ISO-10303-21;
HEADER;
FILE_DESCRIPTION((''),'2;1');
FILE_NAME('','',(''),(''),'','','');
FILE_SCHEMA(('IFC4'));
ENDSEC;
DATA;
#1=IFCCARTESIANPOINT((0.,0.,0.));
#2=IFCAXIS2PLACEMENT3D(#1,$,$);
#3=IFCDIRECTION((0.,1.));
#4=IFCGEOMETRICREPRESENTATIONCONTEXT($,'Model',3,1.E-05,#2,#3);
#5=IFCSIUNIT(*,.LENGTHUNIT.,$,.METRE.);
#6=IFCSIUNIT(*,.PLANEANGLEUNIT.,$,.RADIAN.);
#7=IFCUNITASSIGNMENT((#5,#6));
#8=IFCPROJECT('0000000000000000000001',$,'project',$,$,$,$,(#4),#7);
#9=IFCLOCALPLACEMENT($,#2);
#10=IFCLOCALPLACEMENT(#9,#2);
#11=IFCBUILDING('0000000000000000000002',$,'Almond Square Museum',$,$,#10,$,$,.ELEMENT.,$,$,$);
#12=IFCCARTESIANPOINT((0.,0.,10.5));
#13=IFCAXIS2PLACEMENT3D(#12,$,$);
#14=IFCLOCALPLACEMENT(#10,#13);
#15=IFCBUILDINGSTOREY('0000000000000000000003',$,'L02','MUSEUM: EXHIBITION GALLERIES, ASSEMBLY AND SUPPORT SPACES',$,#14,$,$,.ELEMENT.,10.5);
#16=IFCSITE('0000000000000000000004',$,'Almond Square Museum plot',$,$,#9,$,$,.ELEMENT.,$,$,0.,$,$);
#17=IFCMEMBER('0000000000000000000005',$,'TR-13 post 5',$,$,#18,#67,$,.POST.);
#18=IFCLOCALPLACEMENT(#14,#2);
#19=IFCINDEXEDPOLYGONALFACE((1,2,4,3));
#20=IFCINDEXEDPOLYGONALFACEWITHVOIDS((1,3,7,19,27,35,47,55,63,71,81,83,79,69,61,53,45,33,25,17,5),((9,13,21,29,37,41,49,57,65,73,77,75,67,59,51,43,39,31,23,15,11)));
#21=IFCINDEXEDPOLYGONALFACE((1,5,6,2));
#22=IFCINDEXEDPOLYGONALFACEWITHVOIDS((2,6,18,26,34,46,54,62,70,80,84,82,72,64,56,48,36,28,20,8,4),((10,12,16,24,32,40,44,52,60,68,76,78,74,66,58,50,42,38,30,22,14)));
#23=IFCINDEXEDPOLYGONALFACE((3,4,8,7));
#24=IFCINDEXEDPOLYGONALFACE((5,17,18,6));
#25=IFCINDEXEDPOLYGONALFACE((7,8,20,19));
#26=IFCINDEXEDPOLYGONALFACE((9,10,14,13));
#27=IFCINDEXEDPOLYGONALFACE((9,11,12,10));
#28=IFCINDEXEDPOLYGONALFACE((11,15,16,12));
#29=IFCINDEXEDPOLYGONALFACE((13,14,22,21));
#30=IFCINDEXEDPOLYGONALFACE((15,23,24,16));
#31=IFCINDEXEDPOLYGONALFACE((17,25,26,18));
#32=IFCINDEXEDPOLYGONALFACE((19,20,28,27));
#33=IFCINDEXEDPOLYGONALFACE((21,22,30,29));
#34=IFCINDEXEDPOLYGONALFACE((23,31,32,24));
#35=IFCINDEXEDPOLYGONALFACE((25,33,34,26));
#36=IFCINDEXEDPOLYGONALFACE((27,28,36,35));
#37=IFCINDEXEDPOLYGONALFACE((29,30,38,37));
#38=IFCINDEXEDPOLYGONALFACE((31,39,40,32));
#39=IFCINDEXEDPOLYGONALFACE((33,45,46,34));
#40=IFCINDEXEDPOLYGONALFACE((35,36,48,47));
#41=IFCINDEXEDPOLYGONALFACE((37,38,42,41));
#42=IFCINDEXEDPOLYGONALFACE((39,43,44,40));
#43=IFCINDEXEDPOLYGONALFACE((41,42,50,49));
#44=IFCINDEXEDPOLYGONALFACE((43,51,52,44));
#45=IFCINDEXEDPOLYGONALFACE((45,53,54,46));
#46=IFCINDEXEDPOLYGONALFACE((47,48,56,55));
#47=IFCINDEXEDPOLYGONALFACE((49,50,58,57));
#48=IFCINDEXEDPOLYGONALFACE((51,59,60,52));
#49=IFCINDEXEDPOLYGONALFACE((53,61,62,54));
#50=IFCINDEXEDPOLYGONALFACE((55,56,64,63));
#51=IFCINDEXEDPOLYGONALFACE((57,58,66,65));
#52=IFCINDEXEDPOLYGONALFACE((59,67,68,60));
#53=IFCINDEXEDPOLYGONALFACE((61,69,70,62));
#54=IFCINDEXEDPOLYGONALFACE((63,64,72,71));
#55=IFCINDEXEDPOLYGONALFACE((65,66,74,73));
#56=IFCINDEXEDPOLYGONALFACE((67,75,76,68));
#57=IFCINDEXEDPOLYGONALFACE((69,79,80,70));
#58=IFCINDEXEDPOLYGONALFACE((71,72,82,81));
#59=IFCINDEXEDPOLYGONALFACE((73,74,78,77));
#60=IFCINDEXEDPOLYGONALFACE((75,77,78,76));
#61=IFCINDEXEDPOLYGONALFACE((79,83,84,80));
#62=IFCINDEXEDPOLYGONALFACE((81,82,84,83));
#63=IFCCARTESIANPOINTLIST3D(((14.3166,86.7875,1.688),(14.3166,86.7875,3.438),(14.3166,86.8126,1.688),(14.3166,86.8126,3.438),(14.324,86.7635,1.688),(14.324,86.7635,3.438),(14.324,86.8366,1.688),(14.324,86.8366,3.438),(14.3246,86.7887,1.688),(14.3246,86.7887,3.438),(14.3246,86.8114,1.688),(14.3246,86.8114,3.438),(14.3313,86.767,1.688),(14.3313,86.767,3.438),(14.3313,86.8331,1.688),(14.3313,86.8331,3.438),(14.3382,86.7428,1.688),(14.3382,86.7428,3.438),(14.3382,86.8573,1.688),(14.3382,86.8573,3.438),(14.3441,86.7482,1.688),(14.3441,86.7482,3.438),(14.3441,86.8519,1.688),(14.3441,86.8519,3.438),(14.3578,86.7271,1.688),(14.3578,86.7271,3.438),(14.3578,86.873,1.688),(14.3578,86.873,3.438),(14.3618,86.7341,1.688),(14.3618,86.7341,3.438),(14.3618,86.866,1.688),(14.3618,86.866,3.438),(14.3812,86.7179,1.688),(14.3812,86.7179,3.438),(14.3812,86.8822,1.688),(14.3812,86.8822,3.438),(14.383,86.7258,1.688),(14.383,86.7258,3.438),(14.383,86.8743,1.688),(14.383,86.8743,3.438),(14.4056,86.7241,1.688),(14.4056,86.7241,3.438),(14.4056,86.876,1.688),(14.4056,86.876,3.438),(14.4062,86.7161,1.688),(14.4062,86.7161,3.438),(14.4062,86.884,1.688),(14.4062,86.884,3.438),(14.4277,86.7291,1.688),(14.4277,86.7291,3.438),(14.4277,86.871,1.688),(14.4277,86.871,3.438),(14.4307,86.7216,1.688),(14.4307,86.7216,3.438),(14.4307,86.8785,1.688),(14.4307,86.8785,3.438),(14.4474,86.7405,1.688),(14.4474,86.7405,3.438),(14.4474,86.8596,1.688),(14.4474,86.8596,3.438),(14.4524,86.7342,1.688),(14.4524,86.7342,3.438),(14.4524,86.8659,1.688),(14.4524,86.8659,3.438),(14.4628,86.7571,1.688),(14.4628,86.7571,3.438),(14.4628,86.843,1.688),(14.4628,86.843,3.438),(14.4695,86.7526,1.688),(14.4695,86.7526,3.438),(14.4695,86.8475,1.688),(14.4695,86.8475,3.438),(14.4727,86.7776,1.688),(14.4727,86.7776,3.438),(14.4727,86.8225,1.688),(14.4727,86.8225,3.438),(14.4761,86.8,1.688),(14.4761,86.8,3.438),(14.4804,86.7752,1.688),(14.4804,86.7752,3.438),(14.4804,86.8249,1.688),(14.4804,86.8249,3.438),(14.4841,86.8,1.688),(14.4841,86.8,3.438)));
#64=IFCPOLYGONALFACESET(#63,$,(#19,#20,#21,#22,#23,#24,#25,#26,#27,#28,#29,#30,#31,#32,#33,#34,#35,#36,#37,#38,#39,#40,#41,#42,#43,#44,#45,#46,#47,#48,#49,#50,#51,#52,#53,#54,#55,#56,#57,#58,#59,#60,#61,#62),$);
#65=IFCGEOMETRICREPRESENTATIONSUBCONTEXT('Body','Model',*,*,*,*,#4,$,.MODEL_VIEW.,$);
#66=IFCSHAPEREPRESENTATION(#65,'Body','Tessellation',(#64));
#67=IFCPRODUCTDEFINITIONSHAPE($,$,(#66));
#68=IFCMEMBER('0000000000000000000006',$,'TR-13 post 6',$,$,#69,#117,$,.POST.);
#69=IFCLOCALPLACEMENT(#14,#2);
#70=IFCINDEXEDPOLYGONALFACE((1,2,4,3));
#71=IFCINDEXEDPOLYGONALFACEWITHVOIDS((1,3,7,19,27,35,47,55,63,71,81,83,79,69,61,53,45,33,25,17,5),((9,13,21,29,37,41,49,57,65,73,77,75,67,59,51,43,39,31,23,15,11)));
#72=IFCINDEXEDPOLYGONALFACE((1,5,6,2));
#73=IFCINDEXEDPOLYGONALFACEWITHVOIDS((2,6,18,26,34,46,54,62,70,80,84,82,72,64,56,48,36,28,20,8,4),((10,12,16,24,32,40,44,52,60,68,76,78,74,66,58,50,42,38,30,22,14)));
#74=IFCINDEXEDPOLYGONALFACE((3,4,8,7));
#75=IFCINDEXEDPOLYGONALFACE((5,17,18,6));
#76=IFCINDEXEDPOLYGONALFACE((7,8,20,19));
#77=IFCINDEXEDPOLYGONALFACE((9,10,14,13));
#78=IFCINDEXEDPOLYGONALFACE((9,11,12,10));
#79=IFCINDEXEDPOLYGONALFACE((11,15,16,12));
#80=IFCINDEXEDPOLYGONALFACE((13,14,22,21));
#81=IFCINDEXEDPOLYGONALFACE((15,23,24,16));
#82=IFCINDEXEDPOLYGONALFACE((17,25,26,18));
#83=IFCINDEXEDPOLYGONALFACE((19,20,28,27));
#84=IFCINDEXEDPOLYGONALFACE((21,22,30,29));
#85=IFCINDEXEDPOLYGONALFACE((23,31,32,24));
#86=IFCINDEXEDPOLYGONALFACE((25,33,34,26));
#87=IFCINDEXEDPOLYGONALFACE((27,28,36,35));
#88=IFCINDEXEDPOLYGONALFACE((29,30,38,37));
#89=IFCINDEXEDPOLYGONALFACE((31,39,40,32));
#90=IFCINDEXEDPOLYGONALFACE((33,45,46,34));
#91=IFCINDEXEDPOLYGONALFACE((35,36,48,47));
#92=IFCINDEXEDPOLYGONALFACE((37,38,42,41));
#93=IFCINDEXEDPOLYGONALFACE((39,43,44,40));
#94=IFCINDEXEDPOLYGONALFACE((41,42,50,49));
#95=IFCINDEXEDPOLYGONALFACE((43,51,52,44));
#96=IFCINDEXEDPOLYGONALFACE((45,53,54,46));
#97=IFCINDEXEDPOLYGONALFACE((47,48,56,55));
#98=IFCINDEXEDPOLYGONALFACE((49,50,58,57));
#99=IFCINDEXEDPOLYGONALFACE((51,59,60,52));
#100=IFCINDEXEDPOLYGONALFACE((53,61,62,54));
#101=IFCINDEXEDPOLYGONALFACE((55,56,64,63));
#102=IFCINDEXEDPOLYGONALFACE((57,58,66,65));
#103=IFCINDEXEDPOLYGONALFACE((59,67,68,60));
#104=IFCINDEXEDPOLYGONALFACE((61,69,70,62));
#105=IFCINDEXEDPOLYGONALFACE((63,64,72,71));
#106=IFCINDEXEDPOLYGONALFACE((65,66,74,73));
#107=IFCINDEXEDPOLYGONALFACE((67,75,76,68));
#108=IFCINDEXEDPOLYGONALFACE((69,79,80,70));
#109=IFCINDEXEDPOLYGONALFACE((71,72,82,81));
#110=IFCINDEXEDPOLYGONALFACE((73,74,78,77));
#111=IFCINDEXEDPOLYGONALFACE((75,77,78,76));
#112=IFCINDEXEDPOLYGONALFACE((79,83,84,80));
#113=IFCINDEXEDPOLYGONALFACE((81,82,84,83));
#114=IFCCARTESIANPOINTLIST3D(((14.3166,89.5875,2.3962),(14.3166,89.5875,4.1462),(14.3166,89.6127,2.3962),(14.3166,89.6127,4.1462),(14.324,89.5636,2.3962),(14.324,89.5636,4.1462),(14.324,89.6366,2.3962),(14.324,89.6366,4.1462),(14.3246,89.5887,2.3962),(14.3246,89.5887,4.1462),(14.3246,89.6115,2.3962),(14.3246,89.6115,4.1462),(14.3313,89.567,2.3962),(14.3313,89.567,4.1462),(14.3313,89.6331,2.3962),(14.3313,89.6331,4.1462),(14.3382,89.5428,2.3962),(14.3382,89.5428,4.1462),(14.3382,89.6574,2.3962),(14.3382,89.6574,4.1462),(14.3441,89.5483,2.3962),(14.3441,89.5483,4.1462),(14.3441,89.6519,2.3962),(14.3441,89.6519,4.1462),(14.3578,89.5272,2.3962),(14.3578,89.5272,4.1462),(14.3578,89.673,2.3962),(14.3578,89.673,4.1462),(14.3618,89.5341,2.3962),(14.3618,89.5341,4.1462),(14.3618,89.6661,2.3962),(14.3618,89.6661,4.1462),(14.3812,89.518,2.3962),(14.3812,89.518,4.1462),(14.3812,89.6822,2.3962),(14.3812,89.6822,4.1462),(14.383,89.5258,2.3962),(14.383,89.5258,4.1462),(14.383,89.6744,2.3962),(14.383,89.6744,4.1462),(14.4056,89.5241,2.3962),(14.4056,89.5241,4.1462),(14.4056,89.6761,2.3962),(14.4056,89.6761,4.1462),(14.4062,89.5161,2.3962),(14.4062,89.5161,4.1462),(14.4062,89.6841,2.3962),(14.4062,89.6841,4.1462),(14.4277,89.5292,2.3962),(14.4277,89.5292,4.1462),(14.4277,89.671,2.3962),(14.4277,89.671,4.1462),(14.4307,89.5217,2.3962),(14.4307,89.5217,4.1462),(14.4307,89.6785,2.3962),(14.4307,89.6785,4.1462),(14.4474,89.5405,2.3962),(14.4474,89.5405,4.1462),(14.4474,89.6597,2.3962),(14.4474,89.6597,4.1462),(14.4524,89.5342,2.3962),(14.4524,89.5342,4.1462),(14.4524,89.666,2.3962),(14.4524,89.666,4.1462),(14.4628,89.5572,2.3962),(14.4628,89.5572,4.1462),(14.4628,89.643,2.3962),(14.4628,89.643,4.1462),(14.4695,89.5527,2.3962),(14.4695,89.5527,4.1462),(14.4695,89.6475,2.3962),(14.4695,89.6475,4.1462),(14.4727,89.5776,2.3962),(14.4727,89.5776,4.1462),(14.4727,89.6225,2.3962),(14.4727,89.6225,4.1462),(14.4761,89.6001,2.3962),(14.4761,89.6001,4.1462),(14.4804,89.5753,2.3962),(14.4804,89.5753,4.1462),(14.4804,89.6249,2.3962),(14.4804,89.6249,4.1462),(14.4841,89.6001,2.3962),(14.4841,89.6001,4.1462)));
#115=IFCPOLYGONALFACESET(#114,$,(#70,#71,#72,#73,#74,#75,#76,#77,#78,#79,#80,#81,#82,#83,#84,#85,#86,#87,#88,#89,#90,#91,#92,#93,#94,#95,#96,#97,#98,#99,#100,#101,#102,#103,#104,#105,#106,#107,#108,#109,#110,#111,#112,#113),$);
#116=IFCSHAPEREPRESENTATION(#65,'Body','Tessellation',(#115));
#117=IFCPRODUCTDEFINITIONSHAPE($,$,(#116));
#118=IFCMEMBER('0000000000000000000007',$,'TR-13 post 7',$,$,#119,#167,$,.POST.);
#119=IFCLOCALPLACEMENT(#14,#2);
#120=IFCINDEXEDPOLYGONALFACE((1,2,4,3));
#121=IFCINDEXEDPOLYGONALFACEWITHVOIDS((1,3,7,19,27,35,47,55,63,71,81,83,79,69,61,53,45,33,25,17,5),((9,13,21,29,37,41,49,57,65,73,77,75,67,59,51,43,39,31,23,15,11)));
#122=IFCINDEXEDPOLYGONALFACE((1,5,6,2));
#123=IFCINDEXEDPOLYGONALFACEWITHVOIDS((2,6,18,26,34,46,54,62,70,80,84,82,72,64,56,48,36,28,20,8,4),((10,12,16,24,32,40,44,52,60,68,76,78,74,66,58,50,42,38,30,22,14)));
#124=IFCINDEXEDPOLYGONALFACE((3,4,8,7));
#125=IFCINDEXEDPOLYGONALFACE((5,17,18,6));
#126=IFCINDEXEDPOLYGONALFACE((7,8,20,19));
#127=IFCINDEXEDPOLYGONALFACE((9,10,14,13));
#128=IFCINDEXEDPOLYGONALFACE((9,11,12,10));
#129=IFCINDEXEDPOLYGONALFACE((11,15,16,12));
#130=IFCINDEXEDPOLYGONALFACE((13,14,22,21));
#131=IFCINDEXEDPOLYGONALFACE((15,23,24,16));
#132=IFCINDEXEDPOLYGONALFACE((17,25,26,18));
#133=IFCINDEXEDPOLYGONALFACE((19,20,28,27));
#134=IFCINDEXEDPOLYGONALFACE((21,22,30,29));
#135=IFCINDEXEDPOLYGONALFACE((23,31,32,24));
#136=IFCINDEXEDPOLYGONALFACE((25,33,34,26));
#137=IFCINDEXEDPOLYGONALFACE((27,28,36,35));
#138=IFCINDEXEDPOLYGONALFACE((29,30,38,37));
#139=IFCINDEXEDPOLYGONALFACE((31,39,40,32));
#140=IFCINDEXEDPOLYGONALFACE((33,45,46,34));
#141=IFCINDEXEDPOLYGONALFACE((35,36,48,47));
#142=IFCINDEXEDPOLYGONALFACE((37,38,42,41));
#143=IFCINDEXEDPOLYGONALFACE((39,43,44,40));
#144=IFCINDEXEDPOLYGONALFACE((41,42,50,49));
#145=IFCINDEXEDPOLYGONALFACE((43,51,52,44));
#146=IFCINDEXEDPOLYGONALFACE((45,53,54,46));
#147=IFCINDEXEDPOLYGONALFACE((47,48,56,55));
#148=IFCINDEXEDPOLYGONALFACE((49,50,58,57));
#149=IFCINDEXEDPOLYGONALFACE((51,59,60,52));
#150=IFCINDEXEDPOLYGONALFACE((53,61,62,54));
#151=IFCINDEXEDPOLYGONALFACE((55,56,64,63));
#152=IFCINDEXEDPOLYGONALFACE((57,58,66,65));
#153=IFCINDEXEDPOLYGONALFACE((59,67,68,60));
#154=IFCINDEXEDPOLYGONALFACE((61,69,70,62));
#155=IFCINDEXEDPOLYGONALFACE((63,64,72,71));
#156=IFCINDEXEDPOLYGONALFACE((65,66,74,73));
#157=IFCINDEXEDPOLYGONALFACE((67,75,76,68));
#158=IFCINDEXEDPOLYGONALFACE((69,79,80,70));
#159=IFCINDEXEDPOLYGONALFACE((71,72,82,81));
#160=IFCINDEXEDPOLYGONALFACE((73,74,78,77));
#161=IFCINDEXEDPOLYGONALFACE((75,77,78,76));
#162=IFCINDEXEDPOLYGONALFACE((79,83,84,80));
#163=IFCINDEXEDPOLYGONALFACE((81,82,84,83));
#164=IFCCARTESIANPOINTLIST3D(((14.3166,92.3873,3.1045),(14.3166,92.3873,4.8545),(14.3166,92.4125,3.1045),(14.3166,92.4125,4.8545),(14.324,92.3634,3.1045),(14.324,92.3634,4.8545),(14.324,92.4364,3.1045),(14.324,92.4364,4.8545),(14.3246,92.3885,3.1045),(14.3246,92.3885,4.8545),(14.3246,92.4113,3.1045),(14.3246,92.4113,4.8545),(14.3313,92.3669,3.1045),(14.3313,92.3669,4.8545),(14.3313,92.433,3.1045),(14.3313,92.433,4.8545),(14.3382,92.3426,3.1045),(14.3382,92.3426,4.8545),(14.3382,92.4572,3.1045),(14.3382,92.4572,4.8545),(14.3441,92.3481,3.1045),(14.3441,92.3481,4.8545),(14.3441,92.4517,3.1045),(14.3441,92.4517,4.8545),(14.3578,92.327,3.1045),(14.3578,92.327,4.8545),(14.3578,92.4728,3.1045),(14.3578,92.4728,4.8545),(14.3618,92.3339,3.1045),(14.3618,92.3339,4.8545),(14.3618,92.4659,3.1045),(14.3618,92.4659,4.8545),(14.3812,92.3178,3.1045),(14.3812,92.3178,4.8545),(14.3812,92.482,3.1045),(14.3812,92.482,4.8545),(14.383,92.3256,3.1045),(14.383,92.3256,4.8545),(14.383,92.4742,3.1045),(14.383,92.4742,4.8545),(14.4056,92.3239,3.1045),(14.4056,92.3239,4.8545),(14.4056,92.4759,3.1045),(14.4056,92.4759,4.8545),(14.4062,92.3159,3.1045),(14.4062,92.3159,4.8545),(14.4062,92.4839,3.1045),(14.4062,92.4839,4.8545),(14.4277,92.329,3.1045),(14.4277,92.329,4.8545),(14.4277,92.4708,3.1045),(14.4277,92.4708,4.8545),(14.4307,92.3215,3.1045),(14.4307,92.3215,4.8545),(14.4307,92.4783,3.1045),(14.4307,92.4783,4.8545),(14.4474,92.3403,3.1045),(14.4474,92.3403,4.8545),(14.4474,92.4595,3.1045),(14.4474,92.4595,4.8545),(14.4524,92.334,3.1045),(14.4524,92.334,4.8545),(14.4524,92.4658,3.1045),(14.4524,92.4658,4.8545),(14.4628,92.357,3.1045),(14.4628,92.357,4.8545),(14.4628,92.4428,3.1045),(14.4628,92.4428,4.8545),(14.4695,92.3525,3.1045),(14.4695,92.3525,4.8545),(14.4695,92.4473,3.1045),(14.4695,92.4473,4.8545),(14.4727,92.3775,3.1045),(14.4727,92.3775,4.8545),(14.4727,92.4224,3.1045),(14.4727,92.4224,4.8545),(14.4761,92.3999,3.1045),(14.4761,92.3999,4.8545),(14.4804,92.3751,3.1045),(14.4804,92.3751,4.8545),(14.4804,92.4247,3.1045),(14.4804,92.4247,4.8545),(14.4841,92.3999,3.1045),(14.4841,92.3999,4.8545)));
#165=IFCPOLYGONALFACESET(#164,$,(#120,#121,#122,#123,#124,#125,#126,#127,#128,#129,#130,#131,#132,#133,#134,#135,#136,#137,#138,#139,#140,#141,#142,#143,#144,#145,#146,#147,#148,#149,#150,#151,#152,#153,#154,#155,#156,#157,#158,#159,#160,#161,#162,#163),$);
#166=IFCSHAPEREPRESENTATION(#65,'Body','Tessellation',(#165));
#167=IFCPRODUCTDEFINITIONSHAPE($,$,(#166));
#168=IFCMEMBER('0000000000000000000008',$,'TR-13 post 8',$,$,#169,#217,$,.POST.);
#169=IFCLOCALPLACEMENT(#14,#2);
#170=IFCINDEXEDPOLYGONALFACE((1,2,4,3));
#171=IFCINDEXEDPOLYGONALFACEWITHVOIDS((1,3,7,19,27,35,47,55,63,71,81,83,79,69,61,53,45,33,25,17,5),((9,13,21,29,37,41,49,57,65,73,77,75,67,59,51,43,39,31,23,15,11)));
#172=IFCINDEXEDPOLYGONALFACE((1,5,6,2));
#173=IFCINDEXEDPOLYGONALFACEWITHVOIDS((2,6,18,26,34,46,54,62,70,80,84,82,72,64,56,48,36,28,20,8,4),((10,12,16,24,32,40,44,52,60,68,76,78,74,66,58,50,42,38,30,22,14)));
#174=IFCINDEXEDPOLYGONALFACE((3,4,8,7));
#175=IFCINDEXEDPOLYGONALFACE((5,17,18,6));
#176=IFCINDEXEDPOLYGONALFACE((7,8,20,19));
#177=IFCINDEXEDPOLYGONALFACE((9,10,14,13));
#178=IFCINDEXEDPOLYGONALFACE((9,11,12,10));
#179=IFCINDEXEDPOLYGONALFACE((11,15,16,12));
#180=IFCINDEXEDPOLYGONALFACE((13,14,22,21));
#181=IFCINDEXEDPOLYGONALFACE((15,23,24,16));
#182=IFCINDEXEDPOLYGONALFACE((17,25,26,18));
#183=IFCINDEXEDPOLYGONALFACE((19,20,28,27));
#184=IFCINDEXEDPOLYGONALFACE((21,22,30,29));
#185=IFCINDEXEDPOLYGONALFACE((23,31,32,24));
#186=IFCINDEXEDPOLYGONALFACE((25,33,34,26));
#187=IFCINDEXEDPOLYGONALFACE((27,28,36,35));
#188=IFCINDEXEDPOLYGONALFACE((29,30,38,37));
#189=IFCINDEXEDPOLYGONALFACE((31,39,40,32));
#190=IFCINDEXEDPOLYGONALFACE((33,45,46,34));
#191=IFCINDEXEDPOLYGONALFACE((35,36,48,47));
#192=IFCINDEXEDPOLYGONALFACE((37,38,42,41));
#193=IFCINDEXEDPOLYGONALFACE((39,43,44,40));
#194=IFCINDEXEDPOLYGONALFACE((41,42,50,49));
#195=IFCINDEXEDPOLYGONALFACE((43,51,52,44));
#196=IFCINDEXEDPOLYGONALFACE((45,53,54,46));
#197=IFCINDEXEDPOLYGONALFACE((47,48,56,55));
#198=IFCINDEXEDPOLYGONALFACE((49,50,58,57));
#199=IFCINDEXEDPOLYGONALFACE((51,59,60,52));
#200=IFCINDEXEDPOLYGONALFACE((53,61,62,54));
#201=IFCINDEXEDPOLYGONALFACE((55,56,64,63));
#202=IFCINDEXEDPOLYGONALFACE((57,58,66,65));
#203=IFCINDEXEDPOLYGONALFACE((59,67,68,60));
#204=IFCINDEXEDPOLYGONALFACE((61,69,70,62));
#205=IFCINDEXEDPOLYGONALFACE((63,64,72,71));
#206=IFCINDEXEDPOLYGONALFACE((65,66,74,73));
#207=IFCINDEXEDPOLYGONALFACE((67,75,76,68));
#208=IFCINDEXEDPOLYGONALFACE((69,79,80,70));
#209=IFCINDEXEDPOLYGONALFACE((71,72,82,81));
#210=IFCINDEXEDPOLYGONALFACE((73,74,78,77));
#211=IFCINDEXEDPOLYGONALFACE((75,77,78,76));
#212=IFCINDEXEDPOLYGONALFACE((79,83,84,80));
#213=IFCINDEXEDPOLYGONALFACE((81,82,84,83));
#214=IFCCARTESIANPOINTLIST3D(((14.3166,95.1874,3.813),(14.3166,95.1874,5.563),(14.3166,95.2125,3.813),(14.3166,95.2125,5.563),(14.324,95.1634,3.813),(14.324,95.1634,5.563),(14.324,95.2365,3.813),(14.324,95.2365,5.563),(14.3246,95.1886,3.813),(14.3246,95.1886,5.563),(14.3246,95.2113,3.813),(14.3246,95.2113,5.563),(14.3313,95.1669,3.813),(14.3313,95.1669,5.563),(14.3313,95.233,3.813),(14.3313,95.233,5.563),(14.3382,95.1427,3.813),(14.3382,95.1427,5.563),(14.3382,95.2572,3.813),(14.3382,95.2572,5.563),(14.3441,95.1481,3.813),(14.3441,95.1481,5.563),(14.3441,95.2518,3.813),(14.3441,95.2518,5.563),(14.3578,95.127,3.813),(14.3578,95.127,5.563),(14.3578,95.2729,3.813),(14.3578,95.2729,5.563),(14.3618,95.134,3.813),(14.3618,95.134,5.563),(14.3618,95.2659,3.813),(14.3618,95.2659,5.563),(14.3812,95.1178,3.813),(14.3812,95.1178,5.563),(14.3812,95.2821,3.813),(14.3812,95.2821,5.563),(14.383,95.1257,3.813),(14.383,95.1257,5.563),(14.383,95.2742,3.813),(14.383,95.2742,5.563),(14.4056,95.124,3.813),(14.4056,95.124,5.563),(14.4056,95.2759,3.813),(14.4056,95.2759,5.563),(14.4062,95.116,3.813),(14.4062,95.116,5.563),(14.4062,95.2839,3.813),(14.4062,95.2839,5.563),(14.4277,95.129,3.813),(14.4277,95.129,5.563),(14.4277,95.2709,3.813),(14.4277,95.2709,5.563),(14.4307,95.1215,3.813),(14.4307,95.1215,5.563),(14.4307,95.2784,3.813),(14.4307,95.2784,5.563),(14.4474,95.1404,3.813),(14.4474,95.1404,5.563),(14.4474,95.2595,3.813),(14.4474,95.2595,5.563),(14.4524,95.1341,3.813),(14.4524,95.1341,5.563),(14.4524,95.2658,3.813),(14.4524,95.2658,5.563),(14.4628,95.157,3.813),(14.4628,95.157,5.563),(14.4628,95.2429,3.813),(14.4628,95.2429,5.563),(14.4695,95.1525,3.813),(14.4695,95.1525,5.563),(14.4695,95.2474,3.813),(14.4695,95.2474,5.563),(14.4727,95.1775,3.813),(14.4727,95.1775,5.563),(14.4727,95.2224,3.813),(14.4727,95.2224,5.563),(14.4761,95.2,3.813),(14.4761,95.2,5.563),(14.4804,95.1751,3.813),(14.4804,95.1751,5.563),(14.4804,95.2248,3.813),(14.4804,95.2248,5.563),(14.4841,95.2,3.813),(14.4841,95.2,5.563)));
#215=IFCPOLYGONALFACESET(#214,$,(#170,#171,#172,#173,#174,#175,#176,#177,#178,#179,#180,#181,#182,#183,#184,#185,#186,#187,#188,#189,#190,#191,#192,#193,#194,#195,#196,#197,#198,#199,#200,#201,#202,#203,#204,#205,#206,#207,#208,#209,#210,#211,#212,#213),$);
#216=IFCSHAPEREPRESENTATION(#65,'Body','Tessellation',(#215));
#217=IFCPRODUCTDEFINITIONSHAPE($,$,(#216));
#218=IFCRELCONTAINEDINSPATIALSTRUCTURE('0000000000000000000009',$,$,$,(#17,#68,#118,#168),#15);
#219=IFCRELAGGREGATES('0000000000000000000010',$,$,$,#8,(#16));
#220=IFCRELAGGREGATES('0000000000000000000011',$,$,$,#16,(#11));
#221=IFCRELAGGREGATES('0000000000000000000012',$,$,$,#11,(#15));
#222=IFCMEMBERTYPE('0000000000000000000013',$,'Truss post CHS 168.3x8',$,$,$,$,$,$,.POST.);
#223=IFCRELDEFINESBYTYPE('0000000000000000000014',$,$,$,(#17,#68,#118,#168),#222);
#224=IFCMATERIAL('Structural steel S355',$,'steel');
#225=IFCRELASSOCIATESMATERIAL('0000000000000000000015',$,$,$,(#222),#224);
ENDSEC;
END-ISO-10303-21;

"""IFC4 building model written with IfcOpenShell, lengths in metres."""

from ifc_helpers import new_model, si_unit, direction, frame, origin, origin_2d, place, context, subcontext, project, spatial, hollow_circle, extrude, material, material_profile, profile_set, type_object, element, save


model = new_model("IFC4")

# Units and contexts
model_context = context("Model", 3, precision=1e-05, world=origin(), true_north=direction((0.0, 1.0)))
body_context = subcontext(model_context, "Body", "Model", "MODEL_VIEW")
ifc_project = project(units=[si_unit("LENGTHUNIT", "METRE"), si_unit("PLANEANGLEUNIT", "RADIAN")], contexts=[model_context])

# Site, building, storey
site_placement = place(None, origin())
site = spatial("IfcSite", under=ifc_project, at=site_placement, Name="Almond Square Museum plot", CompositionType="ELEMENT", RefElevation=0.0)
building_placement = place(site_placement, origin())
building = spatial("IfcBuilding", under=site, at=building_placement, Name="Almond Square Museum", CompositionType="ELEMENT")
storey_placement = place(building_placement, frame((0.0, 0.0, 10.5)))
storey = spatial("IfcBuildingStorey", under=building, at=storey_placement, Name="L02", Description="MUSEUM: EXHIBITION GALLERIES, ASSEMBLY AND SUPPORT SPACES", CompositionType="ELEMENT", Elevation=10.5)

# Members
ifc_material_1 = material(Name="Structural steel S355", Category="steel")
ifc_material_profile_1 = material_profile(ifc_material_1, hollow_circle(Radius=0.0842, WallThickness=0.0081, at=origin_2d()))
ifc_profile_set_1 = profile_set([ifc_material_profile_1], Name="Structural steel S355")
member_type_1 = type_object("IfcMemberType", Name="Truss post CHS 168.3x8", PredefinedType="POST", material=ifc_profile_set_1)
for number, where, z_axis, x_axis, name in (
    (1, (14.3999, 86.8, 1.688), (0.0, 0.0, 1.0), (1.0, 0.0, 0.0), "TR-13 post 5"),
    (2, (14.3999, 89.6001, 2.3962), (0.0, 0.0, 1.0), (1.0, 0.0, 0.0), "TR-13 post 6"),
    (3, (14.3999, 92.3999, 3.1045), (0.0, 0.0, 1.0), (1.0, 0.0, 0.0), "TR-13 post 7"),
    (4, (14.3999, 95.2, 3.813), (0.0, 0.0, 1.0), (1.0, 0.0, 0.0), "TR-13 post 8"),
):
    element("IfcMember", number, at=place(storey_placement, frame(where, z_axis=z_axis, x_axis=x_axis)), inside=storey, type_object=member_type_1, Name=name, PredefinedType="POST", context=body_context, shape_type="SweptSolid", body=[
        extrude(hollow_circle(Radius=0.0842, WallThickness=0.0081, at=origin_2d()), origin(), (0.0, 0.0, 1.0), 1.75),
    ])

save(model, "model.ifc")
